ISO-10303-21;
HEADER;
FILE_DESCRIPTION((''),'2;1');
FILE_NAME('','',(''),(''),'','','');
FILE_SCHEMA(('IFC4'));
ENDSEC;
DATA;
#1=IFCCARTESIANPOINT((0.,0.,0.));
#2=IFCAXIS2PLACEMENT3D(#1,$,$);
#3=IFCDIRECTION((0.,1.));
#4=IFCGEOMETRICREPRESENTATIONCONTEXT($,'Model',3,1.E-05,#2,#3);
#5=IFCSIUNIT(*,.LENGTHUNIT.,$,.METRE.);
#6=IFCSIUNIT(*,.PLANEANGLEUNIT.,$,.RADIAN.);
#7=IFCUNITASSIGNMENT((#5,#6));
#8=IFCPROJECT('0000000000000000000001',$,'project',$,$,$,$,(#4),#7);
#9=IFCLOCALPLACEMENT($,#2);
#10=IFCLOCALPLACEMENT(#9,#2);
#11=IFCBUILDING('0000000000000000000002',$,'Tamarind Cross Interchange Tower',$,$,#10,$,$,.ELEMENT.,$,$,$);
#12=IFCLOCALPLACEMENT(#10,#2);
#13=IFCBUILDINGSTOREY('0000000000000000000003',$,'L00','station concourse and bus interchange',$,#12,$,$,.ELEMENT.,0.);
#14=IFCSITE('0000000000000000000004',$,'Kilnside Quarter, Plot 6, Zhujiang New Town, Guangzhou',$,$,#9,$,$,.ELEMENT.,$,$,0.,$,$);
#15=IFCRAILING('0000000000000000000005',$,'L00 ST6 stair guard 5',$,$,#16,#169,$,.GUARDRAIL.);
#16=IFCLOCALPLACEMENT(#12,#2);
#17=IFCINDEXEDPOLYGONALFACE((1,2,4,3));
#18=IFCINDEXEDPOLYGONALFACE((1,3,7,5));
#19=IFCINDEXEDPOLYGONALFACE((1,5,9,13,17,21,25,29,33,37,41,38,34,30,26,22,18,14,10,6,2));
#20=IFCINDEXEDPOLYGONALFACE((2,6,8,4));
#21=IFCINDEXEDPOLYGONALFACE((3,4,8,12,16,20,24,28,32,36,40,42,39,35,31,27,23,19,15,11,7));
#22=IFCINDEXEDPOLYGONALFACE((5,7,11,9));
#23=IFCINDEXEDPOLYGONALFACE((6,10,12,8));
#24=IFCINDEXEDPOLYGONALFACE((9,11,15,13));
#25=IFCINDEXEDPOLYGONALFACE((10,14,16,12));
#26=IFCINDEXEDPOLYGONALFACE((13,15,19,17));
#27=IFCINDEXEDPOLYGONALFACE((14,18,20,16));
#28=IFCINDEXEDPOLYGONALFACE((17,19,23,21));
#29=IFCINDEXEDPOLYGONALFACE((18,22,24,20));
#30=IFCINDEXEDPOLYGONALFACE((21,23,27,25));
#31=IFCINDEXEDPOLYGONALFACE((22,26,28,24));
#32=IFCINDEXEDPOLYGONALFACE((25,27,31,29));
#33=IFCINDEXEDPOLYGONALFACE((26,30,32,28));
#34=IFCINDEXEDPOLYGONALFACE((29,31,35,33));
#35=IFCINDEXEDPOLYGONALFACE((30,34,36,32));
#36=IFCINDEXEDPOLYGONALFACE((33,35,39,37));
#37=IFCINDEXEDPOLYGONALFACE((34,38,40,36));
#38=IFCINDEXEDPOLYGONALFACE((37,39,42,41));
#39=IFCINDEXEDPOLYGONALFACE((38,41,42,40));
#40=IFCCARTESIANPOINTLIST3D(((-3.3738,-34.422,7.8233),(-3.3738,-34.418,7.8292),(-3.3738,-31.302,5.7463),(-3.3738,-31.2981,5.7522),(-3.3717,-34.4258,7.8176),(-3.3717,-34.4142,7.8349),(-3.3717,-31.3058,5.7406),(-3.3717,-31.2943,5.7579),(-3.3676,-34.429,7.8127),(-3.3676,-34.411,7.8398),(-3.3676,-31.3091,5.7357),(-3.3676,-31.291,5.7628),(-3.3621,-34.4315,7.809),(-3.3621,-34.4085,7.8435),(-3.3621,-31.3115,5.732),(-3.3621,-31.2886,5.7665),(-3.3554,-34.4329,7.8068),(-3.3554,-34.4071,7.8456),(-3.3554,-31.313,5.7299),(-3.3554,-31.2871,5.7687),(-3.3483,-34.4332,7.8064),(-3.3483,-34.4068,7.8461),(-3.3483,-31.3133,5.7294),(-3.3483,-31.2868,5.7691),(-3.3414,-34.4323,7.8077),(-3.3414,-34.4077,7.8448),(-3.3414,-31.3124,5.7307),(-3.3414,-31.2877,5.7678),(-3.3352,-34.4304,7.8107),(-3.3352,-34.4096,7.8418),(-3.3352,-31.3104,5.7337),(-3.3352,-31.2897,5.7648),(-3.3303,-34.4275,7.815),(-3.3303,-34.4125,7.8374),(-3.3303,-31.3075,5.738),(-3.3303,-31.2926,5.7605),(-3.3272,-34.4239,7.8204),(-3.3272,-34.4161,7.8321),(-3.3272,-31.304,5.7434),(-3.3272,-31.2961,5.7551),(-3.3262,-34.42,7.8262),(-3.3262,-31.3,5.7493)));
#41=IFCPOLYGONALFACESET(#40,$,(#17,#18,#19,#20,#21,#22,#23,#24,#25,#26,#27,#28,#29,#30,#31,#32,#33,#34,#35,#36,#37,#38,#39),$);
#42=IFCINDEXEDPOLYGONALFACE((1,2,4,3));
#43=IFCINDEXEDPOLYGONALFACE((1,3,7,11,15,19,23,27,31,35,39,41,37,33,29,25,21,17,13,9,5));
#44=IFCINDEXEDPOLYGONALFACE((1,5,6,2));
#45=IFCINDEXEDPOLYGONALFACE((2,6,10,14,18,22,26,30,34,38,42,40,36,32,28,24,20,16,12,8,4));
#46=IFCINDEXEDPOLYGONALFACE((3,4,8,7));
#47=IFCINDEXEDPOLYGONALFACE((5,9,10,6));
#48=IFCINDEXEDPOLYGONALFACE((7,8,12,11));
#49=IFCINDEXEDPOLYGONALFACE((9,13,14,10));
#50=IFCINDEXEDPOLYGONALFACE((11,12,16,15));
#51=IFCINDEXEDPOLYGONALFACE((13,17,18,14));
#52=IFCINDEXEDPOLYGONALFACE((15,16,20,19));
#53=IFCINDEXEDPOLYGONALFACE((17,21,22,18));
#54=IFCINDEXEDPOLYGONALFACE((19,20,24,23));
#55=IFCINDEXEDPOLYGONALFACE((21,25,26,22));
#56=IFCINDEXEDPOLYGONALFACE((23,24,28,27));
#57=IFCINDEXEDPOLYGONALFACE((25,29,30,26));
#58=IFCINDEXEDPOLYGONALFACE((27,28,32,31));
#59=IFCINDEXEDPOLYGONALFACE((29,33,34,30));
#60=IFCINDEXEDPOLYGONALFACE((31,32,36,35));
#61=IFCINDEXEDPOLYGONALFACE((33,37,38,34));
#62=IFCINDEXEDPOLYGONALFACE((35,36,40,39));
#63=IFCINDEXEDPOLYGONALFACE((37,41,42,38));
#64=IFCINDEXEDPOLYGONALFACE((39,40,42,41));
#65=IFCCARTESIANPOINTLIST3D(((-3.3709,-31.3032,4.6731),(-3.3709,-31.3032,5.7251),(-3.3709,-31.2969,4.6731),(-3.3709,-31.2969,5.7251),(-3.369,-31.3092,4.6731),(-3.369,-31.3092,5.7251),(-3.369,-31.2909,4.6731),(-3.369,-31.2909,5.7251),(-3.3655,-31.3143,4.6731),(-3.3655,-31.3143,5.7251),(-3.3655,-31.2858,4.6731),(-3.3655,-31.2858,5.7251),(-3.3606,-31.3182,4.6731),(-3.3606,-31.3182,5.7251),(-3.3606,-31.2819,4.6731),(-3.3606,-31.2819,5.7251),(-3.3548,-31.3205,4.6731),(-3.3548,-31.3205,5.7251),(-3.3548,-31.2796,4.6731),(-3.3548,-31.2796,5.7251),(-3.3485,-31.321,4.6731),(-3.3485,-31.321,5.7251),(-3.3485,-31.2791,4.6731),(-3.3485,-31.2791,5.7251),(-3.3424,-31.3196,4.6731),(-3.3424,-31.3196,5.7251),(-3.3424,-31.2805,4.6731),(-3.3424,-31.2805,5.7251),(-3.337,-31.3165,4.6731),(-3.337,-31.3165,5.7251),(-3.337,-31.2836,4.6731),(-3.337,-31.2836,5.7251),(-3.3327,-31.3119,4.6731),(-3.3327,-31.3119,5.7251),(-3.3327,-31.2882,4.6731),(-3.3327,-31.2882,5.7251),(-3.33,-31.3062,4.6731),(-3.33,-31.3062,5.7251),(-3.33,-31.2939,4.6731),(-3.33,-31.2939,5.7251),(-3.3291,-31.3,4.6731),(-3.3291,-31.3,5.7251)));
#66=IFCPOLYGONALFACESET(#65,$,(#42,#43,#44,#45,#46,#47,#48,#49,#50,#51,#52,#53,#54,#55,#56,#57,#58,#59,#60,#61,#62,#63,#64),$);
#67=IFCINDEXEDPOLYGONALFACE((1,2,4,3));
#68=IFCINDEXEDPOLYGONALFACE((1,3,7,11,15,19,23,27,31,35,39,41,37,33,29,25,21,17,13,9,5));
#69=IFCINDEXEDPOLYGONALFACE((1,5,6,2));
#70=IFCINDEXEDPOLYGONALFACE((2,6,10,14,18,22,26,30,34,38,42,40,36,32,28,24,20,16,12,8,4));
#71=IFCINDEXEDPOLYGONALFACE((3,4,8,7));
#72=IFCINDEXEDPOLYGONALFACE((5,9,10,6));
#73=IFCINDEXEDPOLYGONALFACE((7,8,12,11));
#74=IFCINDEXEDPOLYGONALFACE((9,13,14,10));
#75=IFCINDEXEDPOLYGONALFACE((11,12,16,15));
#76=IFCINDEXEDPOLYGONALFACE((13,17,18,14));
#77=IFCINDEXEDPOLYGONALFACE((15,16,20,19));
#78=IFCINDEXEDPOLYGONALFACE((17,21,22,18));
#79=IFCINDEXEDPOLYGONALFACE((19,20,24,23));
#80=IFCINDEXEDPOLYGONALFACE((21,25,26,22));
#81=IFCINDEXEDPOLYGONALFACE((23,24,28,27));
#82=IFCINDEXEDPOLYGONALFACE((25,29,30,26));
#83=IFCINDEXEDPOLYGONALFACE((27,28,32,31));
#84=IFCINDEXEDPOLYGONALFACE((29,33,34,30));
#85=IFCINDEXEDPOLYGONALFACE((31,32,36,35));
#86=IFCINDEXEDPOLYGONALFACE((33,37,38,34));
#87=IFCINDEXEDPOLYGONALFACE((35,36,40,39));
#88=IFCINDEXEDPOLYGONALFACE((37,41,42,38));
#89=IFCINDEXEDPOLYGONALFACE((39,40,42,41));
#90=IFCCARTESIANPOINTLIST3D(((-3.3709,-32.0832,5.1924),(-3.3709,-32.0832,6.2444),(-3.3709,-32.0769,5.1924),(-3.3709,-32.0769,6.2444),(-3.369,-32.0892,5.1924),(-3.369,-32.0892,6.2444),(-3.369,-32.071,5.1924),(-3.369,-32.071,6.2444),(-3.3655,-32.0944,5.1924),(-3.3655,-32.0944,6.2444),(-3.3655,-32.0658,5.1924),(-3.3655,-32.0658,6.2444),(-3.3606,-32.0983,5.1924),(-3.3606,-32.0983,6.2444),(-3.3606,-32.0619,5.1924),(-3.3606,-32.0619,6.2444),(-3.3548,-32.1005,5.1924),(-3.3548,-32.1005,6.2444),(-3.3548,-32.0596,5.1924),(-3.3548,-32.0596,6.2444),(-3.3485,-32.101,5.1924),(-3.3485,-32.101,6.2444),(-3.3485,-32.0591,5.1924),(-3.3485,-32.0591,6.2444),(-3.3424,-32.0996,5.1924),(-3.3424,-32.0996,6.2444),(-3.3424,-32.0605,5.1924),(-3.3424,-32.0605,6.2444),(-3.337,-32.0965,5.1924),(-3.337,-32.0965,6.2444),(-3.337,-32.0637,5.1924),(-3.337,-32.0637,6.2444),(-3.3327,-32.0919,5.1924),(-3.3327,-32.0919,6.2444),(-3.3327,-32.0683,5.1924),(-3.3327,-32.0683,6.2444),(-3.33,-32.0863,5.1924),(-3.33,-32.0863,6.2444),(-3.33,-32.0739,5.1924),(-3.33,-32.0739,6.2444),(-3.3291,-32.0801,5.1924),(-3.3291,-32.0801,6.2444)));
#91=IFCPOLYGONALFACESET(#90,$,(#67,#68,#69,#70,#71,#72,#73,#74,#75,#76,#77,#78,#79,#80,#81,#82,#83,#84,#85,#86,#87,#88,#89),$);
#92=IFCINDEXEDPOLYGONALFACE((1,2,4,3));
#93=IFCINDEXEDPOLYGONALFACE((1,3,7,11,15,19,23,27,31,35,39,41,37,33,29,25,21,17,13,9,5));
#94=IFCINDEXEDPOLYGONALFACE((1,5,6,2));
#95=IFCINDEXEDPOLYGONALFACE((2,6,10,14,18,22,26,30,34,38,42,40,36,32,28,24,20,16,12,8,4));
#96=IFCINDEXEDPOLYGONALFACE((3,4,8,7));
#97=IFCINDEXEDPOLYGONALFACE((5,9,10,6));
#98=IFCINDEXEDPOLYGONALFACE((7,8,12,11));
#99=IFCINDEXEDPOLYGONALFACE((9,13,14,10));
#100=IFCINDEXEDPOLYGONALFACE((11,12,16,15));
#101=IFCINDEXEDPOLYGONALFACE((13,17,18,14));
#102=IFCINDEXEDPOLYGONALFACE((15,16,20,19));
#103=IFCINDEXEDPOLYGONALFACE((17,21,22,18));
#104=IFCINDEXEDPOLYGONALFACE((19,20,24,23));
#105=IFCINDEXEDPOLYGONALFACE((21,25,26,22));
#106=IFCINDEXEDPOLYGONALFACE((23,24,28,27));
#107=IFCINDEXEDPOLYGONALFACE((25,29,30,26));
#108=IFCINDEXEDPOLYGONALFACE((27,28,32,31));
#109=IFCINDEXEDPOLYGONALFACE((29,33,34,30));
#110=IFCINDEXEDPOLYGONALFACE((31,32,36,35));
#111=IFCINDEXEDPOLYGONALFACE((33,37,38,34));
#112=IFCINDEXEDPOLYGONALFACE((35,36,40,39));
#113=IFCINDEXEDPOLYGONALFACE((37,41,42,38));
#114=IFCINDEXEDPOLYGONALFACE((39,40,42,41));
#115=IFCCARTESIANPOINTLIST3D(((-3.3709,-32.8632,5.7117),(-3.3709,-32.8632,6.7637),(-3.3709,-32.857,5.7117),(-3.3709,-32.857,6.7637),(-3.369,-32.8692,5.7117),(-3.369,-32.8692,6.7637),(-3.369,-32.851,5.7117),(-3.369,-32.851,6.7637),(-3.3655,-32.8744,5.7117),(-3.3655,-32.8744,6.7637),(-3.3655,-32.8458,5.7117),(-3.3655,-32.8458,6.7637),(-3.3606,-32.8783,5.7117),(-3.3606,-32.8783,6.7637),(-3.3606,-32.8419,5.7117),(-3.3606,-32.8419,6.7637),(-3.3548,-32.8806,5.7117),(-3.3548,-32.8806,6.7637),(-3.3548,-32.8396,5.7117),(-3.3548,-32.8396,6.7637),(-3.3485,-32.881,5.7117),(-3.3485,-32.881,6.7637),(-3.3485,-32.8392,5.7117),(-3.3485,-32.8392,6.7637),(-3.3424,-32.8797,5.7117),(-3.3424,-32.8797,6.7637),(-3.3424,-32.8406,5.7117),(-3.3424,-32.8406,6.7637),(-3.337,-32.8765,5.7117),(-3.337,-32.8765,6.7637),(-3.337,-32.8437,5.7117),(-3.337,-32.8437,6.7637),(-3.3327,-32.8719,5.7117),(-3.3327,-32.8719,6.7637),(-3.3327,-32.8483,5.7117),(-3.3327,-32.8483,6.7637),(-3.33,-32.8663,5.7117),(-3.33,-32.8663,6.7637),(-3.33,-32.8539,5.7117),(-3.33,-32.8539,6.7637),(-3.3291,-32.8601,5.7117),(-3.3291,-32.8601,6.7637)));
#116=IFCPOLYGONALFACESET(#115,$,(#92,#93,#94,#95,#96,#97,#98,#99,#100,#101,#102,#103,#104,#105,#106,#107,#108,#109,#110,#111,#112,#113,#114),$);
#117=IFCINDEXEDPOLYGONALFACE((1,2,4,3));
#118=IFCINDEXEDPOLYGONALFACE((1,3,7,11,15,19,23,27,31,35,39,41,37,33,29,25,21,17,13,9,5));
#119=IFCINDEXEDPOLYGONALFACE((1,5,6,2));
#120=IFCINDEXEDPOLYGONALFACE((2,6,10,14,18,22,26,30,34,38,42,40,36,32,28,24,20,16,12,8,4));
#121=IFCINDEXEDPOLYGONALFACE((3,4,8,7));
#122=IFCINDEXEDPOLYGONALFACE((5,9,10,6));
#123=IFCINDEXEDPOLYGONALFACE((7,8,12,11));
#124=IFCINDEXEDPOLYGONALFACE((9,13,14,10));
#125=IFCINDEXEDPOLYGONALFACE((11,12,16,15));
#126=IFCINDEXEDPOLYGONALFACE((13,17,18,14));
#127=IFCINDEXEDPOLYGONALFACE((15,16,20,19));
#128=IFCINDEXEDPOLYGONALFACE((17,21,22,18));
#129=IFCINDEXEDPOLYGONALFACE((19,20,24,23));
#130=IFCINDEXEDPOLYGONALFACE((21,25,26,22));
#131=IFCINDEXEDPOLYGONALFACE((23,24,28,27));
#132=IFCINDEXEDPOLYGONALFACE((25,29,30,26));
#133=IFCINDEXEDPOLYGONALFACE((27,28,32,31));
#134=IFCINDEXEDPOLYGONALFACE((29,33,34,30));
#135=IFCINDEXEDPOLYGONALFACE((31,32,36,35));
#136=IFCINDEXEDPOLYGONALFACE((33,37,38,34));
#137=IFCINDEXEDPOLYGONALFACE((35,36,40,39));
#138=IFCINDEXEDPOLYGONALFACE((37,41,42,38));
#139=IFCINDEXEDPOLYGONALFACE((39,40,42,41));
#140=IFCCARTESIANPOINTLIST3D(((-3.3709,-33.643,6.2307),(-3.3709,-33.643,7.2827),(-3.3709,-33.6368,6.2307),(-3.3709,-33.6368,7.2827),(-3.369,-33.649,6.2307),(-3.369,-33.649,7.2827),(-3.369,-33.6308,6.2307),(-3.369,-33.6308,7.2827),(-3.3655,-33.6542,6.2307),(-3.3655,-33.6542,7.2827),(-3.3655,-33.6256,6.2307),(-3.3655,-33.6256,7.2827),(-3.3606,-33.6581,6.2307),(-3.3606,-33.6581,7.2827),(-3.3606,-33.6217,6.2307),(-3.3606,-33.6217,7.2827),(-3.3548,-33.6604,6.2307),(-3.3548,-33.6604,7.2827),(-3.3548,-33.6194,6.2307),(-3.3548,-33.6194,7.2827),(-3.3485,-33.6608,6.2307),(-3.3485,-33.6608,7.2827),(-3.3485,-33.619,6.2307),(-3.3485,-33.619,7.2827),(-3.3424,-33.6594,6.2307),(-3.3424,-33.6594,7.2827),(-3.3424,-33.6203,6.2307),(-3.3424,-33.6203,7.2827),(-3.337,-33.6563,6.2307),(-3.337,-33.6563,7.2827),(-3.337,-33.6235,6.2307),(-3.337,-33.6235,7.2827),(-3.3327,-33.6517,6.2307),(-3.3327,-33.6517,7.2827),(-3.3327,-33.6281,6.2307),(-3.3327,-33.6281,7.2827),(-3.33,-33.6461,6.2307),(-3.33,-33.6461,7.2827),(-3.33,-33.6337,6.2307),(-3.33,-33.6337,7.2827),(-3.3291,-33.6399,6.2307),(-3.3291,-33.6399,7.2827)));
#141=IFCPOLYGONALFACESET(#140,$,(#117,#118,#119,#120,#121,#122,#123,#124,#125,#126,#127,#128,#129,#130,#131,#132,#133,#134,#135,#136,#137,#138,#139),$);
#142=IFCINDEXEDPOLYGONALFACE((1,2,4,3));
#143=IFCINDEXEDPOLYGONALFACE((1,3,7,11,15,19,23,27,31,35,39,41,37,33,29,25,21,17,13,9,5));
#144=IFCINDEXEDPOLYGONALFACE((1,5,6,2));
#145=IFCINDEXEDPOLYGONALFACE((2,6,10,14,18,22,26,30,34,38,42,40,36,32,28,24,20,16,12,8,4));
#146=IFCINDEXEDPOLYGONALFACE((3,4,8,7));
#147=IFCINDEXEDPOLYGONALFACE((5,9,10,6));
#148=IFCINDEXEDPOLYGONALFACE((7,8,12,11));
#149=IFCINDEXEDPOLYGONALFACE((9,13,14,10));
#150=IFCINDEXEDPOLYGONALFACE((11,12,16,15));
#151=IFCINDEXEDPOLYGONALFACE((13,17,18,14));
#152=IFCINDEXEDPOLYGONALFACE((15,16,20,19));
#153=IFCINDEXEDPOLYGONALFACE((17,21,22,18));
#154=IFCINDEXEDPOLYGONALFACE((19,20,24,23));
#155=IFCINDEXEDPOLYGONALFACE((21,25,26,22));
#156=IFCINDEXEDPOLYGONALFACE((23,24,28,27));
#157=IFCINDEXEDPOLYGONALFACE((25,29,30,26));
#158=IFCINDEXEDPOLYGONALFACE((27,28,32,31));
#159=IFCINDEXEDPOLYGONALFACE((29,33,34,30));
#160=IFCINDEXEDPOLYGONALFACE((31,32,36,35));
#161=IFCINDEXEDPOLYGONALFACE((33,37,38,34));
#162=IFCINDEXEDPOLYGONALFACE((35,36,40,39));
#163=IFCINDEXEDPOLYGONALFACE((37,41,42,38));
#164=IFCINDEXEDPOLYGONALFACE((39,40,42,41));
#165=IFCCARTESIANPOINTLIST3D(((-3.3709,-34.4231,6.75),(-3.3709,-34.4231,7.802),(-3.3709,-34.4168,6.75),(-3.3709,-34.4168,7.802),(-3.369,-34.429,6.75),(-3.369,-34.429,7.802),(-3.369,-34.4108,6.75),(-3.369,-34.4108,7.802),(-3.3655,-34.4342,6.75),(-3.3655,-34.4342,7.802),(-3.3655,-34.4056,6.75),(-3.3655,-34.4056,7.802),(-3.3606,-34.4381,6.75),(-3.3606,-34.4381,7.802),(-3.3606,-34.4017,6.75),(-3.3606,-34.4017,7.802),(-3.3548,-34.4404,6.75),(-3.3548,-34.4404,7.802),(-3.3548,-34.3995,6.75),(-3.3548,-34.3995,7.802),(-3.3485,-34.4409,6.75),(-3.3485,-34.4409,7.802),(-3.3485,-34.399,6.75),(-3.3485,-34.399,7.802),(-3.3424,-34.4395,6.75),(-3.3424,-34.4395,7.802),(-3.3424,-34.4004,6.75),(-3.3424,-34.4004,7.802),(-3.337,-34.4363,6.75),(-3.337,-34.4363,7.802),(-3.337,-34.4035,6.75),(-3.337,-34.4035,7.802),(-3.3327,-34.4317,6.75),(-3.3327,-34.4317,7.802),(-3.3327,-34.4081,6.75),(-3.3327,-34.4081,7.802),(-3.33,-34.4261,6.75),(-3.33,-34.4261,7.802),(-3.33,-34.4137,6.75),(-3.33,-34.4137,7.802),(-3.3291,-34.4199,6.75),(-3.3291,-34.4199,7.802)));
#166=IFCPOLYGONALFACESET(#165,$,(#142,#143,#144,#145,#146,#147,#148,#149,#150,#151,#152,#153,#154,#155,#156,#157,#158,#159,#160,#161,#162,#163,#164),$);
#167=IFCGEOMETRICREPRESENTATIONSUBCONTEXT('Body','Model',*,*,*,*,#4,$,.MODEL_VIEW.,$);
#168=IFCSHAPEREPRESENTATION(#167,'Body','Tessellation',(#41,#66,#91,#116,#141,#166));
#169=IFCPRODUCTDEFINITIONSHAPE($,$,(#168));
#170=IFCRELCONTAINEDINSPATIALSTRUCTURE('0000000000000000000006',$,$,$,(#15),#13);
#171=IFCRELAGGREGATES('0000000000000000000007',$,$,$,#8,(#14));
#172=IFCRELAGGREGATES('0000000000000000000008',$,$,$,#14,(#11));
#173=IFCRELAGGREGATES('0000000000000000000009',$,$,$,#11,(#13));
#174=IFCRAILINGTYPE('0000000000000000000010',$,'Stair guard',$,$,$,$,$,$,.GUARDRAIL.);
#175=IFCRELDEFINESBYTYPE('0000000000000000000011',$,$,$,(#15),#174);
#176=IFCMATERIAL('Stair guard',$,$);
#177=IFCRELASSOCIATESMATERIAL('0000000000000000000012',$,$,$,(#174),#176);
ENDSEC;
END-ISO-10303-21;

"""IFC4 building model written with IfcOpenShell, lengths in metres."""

from ifc_helpers import new_model, si_unit, direction, frame, origin, origin_2d, place, context, subcontext, project, spatial, circle, extrude, material, type_object, element, save


model = new_model("IFC4")

# Units and contexts
model_context = context("Model", 3, precision=1e-05, world=origin(), true_north=direction((0.0, 1.0)))
body_context = subcontext(model_context, "Body", "Model", "MODEL_VIEW")
ifc_project = project(units=[si_unit("LENGTHUNIT", "METRE"), si_unit("PLANEANGLEUNIT", "RADIAN")], contexts=[model_context])

# Site, building, storey
site_placement = place(None, origin())
site = spatial("IfcSite", under=ifc_project, at=site_placement, Name="Kilnside Quarter, Plot 6, Zhujiang New Town, Guangzhou", CompositionType="ELEMENT", RefElevation=0.0)
building_placement = place(site_placement, origin())
building = spatial("IfcBuilding", under=site, at=building_placement, Name="Tamarind Cross Interchange Tower", CompositionType="ELEMENT")
storey_placement = place(building_placement, origin())
storey = spatial("IfcBuildingStorey", under=building, at=storey_placement, Name="L00", Description="station concourse and bus interchange", CompositionType="ELEMENT", Elevation=0.0)

# Railing
ifc_material_1 = material(Name="Stair guard")
railing_type_1 = type_object("IfcRailingType", Name="Stair guard", PredefinedType="GUARDRAIL", material=ifc_material_1)
railing_1_placement = place(storey_placement, frame((-3.3501, -31.3, 4.6731)))
element("IfcRailing", 1, at=railing_1_placement, inside=storey, type_object=railing_type_1, Name="L00 ST6 stair guard 5", PredefinedType="GUARDRAIL", context=body_context, shape_type="SweptSolid", body=[
    extrude(circle(Radius=0.0239, at=origin_2d()), frame((0.0, 0.0, 1.0762), z_axis=(0.0, -0.832421, 0.554144), x_axis=(1.0, 0.0, 0.0)), (0.0, 0.0, 1.0), 3.748),
    extrude(circle(Radius=0.021, at=origin_2d()), origin(), (0.0, 0.0, 1.0), 1.052),
    extrude(circle(Radius=0.021, at=origin_2d()), frame((0.0, -0.78, 0.5193)), (0.0, 0.0, 1.0), 1.052),
    extrude(circle(Radius=0.021, at=origin_2d()), frame((0.0, -1.5601, 1.0386)), (0.0, 0.0, 1.0), 1.052),
    extrude(circle(Radius=0.021, at=origin_2d()), frame((0.0, -2.3398, 1.5576)), (0.0, 0.0, 1.0), 1.052),
    extrude(circle(Radius=0.021, at=origin_2d()), frame((0.0, -3.1199, 2.0769)), (0.0, 0.0, 1.0), 1.052),
])

save(model, "model.ifc")
